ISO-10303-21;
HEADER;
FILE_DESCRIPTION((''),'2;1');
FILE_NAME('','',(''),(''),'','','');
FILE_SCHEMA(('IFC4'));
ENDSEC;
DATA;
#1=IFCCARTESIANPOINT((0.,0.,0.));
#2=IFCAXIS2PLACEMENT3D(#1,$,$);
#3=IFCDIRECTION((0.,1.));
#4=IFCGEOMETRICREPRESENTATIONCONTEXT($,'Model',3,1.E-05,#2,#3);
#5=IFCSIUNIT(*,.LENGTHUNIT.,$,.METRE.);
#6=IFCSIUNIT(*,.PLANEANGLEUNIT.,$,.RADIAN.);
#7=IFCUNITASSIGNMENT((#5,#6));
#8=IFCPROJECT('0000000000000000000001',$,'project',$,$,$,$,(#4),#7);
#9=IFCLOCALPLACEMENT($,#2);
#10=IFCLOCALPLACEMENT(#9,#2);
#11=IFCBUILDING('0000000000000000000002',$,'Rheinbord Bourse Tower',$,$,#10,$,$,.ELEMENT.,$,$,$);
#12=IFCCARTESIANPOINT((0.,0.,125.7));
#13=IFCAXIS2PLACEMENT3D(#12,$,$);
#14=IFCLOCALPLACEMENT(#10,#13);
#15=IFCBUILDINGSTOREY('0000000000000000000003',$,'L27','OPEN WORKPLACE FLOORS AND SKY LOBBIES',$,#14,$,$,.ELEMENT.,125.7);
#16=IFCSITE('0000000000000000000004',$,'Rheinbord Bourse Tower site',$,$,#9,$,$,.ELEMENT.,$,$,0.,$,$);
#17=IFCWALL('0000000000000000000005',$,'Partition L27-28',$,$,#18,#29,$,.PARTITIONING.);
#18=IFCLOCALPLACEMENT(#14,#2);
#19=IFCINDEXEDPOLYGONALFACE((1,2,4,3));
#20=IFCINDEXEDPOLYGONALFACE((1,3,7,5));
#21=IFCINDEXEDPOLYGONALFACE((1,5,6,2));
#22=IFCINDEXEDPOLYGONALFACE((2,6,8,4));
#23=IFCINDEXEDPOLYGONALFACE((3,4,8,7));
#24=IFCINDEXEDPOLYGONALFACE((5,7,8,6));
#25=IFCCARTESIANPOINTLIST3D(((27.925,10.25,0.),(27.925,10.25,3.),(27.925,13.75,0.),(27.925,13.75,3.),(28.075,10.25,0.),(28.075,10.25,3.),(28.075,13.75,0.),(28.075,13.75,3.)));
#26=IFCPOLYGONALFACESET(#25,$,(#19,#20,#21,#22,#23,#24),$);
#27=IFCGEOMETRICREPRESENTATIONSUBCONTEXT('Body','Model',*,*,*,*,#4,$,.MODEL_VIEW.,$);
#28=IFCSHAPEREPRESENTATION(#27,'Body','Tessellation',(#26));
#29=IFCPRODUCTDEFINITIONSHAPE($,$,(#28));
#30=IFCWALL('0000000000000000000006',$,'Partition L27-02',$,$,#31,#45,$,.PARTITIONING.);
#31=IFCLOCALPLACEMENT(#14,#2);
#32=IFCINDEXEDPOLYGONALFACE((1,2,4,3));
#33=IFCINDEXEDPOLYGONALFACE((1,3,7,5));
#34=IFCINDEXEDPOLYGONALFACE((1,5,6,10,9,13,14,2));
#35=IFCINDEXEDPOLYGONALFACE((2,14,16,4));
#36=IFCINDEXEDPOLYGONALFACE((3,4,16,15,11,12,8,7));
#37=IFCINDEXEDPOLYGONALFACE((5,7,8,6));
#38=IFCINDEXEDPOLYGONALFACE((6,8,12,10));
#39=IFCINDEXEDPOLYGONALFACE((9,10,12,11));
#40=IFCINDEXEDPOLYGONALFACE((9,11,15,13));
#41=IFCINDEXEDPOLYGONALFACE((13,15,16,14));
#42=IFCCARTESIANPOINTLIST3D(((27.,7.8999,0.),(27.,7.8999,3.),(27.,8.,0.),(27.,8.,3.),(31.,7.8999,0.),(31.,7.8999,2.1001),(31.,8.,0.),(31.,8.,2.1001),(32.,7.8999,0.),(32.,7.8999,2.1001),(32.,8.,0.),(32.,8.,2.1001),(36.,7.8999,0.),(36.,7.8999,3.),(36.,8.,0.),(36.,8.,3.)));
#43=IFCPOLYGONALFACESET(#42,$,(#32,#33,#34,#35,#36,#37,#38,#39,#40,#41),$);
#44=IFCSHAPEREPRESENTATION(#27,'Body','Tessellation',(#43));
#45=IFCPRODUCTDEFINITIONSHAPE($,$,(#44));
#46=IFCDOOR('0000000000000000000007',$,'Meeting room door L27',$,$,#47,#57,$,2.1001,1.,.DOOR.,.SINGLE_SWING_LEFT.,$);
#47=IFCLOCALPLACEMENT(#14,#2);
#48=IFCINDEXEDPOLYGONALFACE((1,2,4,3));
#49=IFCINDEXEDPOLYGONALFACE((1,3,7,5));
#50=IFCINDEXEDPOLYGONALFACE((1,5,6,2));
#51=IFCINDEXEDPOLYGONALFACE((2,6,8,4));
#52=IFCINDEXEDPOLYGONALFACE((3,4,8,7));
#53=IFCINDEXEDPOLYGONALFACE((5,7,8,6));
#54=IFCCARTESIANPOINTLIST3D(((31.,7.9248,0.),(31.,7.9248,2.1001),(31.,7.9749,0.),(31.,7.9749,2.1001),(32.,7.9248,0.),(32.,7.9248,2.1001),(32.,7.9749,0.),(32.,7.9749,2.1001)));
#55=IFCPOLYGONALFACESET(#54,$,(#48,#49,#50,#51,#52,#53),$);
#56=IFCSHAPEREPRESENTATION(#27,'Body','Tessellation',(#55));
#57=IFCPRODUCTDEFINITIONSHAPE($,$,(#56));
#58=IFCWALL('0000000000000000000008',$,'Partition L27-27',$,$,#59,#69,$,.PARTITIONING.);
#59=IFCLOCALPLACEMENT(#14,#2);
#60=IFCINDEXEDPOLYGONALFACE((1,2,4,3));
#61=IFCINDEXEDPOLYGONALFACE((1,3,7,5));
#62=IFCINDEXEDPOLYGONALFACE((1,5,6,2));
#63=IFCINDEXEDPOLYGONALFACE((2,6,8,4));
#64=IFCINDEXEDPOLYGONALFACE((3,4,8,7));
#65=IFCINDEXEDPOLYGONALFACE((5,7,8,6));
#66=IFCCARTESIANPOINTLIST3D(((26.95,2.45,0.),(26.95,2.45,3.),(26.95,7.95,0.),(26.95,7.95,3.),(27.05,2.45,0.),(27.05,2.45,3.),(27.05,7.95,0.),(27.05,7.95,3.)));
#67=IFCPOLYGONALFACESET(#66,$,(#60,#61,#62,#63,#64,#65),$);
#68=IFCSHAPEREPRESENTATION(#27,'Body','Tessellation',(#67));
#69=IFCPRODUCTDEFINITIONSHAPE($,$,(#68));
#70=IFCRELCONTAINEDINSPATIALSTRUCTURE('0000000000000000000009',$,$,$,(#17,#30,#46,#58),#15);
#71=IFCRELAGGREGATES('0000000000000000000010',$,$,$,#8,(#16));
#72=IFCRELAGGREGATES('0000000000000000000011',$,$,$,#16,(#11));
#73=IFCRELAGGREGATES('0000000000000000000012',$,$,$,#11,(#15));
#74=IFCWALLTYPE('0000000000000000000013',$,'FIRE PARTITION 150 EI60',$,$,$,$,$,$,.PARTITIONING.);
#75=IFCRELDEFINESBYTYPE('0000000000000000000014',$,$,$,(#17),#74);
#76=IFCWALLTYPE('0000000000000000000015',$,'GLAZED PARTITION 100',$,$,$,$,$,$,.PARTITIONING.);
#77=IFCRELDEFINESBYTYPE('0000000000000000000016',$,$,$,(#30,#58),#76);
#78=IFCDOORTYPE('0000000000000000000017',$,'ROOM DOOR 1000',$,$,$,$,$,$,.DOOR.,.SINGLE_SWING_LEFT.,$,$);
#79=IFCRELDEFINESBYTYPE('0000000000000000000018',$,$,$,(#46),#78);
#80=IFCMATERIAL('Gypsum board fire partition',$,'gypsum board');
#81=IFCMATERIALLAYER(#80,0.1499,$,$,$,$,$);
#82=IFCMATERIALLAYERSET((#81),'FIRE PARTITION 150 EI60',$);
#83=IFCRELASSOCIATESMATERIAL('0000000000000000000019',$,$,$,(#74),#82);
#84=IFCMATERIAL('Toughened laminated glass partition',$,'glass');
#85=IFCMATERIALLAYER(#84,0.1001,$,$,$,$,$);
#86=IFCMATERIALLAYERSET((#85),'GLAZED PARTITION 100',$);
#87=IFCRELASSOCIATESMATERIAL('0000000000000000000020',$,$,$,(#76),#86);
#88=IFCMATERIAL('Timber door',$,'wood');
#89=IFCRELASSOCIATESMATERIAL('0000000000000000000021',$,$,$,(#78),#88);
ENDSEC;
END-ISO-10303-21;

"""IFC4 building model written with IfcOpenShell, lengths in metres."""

from ifc_helpers import new_model, si_unit, direction, frame, frame_2d, origin, place, context, subcontext, project, spatial, rectangle, extrude, material, layer, layer_set, type_object, element, fill, save


model = new_model("IFC4")

# Units and contexts
model_context = context("Model", 3, precision=1e-05, world=origin(), true_north=direction((0.0, 1.0)))
body_context = subcontext(model_context, "Body", "Model", "MODEL_VIEW")
ifc_project = project(units=[si_unit("LENGTHUNIT", "METRE"), si_unit("PLANEANGLEUNIT", "RADIAN")], contexts=[model_context])

# Site, building, storey
site_placement = place(None, origin())
site = spatial("IfcSite", under=ifc_project, at=site_placement, Name="Rheinbord Bourse Tower site", CompositionType="ELEMENT", RefElevation=0.0)
building_placement = place(site_placement, origin())
building = spatial("IfcBuilding", under=site, at=building_placement, Name="Rheinbord Bourse Tower", CompositionType="ELEMENT")
storey_placement = place(building_placement, frame((0.0, 0.0, 125.7)))
storey = spatial("IfcBuildingStorey", under=building, at=storey_placement, Name="L27", Description="OPEN WORKPLACE FLOORS AND SKY LOBBIES", CompositionType="ELEMENT", Elevation=125.7)

# Wall
ifc_material_1 = material(Name="Gypsum board fire partition", Category="gypsum board")
ifc_layer_1 = layer(ifc_material_1, 0.1499)
ifc_layer_set_1 = layer_set([ifc_layer_1], Name="FIRE PARTITION 150 EI60")
wall_type_1 = type_object("IfcWallType", Name="FIRE PARTITION 150 EI60", PredefinedType="PARTITIONING", material=ifc_layer_set_1)
wall_1_placement = place(storey_placement, frame((28.0, 10.25, 0.0), z_axis=(0.0, 0.0, 1.0), x_axis=(0.0, 1.0, 0.0)))
element("IfcWall", 1, at=wall_1_placement, inside=storey, type_object=wall_type_1, Name="Partition L27-28", PredefinedType="PARTITIONING", context=body_context, shape_type="SweptSolid", body=[
    extrude(rectangle(XDim=3.5, YDim=0.1499, at=frame_2d((1.75, 0.0))), origin(), (0.0, 0.0, 1.0), 3.0),
])

# Wall, opening, door
ifc_material_2 = material(Name="Toughened laminated glass partition", Category="glass")
ifc_layer_2 = layer(ifc_material_2, 0.1001)
ifc_layer_set_2 = layer_set([ifc_layer_2], Name="GLAZED PARTITION 100")
wall_type_2 = type_object("IfcWallType", Name="GLAZED PARTITION 100", PredefinedType="PARTITIONING", material=ifc_layer_set_2)
wall_2_placement = place(storey_placement, frame((27.0, 7.95, 0.0), z_axis=(0.0, 0.0, 1.0), x_axis=(1.0, 0.0, 0.0)))
wall_2 = element("IfcWall", 2, at=wall_2_placement, inside=storey, type_object=wall_type_2, Name="Partition L27-02", PredefinedType="PARTITIONING", context=body_context, shape_type="SweptSolid", body=[
    extrude(rectangle(XDim=9.0, YDim=0.1001, at=frame_2d((4.5, 0.0))), origin(), (0.0, 0.0, 1.0), 3.0),
])
opening_1_placement = place(wall_2_placement, frame((4.0, 0.0, 0.0)))
opening_1 = element("IfcOpeningElement", 3, at=opening_1_placement, cuts=wall_2, PredefinedType="OPENING", context=body_context, shape_type="SweptSolid", body=[
    extrude(rectangle(XDim=1.0, YDim=2.1001, at=frame_2d((0.5, 1.05))), frame((0.0, 0.0601, 0.0), z_axis=(0.0, -1.0, 0.0), x_axis=(1.0, 0.0, 0.0)), (0.0, 0.0, 1.0), 0.1201),
])
ifc_material_3 = material(Name="Timber door", Category="wood")
door_type_1 = type_object("IfcDoorType", Name="ROOM DOOR 1000", OperationType="SINGLE_SWING_LEFT", PredefinedType="DOOR", material=ifc_material_3)
door_1_placement = place(opening_1_placement, origin())
door_1 = element("IfcDoor", 4, at=door_1_placement, inside=storey, type_object=door_type_1, Name="Meeting room door L27", OperationType="SINGLE_SWING_LEFT", OverallHeight=2.1001, OverallWidth=1.0, PredefinedType="DOOR", context=body_context, shape_type="SweptSolid", body=[
    extrude(rectangle(XDim=1.0, YDim=2.1001, at=frame_2d((0.5, 1.05))), frame((0.0, 0.0249, 0.0), z_axis=(0.0, -1.0, 0.0), x_axis=(1.0, 0.0, 0.0)), (0.0, 0.0, 1.0), 0.05),
])
fill(opening_1, door_1)

# Wall
wall_3_placement = place(storey_placement, frame((27.0, 2.45, 0.0), z_axis=(0.0, 0.0, 1.0), x_axis=(0.0, 1.0, 0.0)))
element("IfcWall", 5, at=wall_3_placement, inside=storey, type_object=wall_type_2, Name="Partition L27-27", PredefinedType="PARTITIONING", context=body_context, shape_type="SweptSolid", body=[
    extrude(rectangle(XDim=5.5, YDim=0.1001, at=frame_2d((2.75, 0.0))), origin(), (0.0, 0.0, 1.0), 3.0),
])

save(model, "model.ifc")
